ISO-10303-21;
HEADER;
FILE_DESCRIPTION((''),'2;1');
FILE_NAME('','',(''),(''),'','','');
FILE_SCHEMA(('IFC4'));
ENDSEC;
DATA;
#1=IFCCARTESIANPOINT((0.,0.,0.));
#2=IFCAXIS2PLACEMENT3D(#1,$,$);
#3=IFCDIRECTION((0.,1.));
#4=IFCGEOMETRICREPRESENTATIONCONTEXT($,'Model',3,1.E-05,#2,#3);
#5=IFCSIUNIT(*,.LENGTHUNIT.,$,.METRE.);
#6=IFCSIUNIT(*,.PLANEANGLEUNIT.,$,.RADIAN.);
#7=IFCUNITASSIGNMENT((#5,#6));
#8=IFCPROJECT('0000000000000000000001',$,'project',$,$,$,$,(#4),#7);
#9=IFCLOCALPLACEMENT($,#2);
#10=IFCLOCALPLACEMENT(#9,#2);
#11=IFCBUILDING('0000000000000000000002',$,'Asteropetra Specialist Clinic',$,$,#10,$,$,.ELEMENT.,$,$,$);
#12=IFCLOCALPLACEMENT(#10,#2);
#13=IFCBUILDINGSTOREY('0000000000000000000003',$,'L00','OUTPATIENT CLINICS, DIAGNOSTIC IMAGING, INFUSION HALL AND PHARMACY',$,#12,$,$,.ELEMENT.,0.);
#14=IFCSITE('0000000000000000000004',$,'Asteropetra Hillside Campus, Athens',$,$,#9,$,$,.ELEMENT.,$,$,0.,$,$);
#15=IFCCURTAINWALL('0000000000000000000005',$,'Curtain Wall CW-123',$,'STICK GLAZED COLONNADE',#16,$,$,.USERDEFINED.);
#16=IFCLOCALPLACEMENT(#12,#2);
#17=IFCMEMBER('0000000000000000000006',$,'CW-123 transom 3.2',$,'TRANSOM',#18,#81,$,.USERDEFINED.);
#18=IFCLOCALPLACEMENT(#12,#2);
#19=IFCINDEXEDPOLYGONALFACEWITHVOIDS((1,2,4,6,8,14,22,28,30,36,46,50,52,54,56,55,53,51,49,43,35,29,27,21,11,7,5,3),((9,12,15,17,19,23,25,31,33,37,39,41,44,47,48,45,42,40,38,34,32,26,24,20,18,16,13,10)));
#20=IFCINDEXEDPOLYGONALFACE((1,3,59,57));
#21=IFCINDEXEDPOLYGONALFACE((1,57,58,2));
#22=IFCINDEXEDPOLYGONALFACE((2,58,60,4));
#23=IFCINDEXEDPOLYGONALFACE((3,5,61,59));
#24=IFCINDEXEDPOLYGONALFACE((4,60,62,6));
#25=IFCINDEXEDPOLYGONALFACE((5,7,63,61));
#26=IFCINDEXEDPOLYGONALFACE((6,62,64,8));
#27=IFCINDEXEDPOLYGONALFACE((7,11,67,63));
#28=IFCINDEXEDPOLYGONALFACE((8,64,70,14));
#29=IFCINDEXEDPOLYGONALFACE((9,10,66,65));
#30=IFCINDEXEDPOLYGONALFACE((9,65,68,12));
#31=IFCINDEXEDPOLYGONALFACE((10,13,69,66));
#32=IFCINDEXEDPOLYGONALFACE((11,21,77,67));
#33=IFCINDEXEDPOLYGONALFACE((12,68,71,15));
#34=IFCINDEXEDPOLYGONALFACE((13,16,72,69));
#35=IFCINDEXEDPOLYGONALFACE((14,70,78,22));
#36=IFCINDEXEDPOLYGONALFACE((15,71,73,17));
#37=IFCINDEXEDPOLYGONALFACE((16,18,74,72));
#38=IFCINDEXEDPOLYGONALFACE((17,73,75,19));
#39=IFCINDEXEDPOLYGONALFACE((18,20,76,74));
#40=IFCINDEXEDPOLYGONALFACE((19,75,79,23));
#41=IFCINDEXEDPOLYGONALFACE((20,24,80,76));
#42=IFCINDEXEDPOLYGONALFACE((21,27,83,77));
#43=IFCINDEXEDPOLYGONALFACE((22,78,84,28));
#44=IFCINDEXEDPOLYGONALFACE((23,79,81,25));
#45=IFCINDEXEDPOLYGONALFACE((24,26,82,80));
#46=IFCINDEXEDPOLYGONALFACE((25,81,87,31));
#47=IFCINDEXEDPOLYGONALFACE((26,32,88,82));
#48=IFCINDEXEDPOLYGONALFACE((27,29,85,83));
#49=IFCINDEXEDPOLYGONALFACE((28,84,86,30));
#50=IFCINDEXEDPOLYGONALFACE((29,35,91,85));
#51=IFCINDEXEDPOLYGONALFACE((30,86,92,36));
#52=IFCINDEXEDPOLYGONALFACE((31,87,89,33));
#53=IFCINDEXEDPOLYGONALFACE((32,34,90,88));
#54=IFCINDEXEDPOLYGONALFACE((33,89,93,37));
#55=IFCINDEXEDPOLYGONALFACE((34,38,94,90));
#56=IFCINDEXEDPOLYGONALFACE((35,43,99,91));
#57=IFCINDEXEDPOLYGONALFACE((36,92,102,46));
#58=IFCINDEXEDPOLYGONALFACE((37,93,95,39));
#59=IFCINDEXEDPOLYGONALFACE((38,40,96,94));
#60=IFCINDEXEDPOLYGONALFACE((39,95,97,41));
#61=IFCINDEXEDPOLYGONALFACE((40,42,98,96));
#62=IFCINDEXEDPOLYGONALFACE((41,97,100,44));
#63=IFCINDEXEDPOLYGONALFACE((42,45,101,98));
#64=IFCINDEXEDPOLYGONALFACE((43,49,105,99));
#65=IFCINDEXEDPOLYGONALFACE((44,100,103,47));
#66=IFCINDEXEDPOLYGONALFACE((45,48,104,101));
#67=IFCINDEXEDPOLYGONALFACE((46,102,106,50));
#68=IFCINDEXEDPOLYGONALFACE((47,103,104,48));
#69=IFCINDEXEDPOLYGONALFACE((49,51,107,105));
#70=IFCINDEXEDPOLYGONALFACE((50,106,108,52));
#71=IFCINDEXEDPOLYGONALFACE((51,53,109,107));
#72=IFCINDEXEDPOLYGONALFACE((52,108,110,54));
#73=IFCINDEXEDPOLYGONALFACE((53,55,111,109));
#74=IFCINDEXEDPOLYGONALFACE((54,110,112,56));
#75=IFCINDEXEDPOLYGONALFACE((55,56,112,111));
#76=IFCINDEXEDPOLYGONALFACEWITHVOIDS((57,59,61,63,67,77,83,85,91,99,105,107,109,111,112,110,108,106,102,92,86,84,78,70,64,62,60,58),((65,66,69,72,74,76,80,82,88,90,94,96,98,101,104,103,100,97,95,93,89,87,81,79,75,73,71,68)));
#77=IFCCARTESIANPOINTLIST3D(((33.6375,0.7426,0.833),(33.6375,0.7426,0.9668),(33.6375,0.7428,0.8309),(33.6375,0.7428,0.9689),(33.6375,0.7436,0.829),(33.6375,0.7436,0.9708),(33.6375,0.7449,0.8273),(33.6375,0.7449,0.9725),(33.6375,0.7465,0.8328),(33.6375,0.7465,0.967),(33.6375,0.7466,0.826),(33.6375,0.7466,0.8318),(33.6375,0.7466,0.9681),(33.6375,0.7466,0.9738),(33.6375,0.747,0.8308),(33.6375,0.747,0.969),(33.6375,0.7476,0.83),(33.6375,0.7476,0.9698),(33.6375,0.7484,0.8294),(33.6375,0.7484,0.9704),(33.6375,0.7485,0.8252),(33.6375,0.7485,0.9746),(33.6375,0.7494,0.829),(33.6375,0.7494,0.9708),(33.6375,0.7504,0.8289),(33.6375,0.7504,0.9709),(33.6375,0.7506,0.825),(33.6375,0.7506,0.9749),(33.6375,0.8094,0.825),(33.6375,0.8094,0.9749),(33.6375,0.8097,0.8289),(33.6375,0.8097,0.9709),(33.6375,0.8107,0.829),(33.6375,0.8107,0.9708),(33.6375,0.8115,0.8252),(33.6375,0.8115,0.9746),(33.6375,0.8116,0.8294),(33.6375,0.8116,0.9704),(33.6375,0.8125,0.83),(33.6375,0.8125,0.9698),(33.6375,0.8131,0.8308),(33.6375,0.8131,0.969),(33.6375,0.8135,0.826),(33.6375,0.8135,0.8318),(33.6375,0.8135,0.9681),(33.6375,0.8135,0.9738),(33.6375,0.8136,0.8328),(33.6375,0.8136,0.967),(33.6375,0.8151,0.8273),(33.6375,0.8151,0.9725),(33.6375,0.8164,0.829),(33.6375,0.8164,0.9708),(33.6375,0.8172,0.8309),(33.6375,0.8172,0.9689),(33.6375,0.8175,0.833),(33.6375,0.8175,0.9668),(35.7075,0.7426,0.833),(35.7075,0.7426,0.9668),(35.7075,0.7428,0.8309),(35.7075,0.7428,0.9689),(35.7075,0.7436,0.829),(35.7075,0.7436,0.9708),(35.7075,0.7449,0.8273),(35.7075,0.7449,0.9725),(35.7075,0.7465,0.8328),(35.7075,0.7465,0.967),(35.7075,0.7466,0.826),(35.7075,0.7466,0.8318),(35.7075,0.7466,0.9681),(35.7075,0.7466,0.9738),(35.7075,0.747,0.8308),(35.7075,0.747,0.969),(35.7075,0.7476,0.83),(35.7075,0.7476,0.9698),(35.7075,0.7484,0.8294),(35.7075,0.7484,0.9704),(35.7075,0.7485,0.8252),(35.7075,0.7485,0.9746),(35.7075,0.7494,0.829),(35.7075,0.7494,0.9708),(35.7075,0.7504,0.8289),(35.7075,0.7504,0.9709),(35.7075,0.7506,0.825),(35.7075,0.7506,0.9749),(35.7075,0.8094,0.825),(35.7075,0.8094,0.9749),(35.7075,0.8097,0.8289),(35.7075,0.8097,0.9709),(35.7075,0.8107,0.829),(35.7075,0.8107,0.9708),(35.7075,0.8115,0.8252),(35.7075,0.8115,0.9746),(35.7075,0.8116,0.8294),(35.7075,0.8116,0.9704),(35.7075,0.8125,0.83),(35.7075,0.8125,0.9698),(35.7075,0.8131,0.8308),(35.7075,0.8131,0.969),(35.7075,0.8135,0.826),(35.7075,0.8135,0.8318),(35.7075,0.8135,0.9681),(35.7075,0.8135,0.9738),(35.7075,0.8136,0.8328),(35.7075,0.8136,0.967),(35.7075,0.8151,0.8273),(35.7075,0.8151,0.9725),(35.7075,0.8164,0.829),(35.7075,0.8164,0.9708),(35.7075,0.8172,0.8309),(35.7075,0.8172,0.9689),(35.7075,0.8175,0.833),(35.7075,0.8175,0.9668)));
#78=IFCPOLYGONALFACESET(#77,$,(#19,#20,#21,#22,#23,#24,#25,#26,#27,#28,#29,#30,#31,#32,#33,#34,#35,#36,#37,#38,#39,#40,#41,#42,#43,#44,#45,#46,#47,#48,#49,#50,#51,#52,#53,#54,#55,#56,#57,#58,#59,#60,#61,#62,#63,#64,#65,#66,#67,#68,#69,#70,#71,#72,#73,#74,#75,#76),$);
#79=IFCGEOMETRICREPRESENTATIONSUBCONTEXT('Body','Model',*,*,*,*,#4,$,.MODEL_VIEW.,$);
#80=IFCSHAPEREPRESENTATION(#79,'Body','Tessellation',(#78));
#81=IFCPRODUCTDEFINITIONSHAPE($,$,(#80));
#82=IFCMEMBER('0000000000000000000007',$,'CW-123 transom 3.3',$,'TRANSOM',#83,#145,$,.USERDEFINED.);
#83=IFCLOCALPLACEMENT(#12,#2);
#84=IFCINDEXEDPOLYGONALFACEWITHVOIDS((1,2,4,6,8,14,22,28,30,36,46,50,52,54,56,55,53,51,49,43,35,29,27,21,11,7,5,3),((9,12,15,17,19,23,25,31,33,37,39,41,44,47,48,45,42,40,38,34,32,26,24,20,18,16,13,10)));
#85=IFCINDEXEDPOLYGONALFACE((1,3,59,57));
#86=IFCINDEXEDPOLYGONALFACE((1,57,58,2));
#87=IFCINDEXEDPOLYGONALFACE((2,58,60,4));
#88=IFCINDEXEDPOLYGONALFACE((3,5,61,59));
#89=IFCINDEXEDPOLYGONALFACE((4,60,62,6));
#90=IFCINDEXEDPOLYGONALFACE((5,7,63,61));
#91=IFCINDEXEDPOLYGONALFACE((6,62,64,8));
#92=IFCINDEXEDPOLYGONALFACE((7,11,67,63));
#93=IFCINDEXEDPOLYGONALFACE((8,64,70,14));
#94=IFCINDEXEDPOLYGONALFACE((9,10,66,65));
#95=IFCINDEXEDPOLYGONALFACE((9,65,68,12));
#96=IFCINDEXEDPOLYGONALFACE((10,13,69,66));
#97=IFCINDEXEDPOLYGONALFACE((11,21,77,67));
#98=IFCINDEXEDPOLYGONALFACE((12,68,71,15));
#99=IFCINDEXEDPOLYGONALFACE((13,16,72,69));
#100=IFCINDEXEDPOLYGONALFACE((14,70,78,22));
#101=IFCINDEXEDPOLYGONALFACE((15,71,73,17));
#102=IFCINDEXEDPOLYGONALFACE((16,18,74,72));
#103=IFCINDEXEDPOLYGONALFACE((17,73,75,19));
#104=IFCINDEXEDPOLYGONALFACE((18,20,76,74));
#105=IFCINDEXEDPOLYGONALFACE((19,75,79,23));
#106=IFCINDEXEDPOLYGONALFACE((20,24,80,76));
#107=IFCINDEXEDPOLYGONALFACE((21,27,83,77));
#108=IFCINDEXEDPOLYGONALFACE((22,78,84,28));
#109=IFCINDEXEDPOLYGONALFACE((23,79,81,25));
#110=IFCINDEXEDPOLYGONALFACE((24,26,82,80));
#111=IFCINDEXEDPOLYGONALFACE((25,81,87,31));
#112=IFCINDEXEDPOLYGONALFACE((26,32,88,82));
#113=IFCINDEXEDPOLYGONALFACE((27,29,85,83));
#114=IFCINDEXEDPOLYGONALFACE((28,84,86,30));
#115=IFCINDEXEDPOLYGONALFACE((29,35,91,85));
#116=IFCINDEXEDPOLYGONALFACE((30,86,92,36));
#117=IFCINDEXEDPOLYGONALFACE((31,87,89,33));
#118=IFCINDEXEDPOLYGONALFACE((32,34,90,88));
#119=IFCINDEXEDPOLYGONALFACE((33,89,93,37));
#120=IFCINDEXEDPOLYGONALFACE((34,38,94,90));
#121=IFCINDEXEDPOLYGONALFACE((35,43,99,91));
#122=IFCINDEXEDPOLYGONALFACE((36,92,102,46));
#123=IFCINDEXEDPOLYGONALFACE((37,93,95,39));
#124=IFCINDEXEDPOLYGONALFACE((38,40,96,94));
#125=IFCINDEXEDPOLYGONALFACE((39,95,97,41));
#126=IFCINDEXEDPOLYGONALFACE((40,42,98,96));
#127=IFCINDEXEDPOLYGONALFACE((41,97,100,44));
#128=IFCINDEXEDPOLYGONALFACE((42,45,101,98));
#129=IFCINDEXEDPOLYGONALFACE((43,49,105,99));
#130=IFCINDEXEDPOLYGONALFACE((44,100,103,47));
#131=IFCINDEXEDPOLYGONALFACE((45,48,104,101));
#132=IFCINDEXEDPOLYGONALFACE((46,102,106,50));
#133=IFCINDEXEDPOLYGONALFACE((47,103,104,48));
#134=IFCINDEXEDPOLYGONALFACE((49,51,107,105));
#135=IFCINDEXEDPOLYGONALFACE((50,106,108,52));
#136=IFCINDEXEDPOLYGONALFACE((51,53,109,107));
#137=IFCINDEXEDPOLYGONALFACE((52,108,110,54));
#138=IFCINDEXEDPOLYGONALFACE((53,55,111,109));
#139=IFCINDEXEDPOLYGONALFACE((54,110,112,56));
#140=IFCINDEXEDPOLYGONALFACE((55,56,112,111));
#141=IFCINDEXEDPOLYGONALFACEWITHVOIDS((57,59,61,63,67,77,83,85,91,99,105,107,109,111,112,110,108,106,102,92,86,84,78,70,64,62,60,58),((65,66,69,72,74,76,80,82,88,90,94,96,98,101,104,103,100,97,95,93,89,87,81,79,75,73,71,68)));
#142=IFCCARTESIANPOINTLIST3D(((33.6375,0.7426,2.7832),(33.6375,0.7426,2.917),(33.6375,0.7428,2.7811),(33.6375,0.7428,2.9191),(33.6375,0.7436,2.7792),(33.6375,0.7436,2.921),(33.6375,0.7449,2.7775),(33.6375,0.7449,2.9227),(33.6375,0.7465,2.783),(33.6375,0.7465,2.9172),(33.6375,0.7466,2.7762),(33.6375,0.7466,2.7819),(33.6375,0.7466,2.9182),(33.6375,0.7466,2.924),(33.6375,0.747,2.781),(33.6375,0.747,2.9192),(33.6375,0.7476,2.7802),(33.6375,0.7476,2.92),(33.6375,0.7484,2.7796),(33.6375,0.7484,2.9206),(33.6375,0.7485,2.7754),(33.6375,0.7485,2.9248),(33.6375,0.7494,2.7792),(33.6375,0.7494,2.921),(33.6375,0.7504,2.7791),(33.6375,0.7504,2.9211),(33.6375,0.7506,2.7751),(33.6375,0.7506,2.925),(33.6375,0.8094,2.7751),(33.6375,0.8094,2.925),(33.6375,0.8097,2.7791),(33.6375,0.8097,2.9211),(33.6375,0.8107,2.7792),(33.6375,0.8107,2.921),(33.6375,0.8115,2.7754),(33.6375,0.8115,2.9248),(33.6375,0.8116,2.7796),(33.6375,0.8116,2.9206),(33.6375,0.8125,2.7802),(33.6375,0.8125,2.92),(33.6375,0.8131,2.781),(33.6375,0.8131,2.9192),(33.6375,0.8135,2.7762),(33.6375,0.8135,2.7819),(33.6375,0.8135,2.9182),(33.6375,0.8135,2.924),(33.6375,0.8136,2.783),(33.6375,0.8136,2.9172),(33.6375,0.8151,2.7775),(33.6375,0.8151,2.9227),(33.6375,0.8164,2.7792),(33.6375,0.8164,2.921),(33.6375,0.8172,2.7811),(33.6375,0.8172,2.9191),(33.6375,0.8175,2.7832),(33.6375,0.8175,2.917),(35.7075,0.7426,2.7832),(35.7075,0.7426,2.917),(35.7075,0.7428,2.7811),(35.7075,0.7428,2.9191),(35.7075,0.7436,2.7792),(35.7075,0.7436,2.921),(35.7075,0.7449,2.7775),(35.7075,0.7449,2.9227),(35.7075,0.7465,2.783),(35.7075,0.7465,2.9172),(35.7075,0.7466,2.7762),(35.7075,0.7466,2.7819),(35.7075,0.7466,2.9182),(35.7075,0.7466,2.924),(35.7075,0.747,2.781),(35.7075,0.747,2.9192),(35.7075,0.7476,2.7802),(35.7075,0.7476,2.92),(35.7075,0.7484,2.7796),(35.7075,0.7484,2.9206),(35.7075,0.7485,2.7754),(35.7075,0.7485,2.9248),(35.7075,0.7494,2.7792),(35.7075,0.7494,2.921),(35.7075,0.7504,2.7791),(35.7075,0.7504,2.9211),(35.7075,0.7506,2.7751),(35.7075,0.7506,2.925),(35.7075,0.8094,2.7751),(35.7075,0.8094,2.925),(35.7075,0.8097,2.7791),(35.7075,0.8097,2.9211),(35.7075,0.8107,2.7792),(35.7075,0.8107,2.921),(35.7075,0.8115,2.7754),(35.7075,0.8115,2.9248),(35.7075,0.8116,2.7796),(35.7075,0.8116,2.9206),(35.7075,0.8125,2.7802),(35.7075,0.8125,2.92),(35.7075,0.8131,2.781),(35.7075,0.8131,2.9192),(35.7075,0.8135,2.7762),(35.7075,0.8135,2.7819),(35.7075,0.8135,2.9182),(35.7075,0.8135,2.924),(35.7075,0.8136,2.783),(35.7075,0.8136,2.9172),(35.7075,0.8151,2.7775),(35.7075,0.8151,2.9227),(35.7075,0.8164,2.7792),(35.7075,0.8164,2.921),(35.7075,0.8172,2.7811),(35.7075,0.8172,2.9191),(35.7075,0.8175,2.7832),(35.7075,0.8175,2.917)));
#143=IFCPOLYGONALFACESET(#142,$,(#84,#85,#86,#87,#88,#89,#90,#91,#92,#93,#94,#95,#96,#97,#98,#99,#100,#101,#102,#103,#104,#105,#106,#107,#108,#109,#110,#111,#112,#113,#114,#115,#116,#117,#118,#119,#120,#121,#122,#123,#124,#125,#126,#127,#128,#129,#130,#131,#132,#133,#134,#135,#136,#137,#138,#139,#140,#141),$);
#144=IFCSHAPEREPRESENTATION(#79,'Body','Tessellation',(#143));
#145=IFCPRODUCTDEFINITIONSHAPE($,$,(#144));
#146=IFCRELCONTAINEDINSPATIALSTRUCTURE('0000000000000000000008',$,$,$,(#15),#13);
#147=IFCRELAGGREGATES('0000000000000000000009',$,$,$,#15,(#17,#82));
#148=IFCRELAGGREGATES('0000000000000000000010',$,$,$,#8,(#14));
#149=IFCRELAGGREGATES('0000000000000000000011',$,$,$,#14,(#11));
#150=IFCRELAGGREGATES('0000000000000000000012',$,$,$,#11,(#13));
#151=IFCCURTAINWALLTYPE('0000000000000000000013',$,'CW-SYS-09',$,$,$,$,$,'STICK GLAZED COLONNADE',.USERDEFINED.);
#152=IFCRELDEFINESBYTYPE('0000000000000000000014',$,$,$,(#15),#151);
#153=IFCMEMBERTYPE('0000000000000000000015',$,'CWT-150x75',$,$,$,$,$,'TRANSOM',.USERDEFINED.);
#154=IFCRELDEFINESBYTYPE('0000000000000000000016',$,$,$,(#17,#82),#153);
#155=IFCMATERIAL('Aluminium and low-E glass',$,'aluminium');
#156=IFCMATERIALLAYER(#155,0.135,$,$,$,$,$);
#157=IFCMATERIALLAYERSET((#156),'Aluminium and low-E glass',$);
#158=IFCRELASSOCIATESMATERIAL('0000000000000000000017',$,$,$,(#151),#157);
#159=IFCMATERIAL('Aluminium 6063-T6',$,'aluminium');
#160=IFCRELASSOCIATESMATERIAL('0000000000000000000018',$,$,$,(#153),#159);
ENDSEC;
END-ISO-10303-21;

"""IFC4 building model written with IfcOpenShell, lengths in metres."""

from ifc_helpers import new_model, si_unit, direction, frame, origin, origin_2d, place, context, subcontext, project, spatial, hollow_rectangle, extrude, material, layer, layer_set, material_profile, profile_set, type_object, element, aggregate, save


model = new_model("IFC4")

# Units and contexts
model_context = context("Model", 3, precision=1e-05, world=origin(), true_north=direction((0.0, 1.0)))
body_context = subcontext(model_context, "Body", "Model", "MODEL_VIEW")
ifc_project = project(units=[si_unit("LENGTHUNIT", "METRE"), si_unit("PLANEANGLEUNIT", "RADIAN")], contexts=[model_context])

# Site, building, storey
site_placement = place(None, origin())
site = spatial("IfcSite", under=ifc_project, at=site_placement, Name="Asteropetra Hillside Campus, Athens", CompositionType="ELEMENT", RefElevation=0.0)
building_placement = place(site_placement, origin())
building = spatial("IfcBuilding", under=site, at=building_placement, Name="Asteropetra Specialist Clinic", CompositionType="ELEMENT")
storey_placement = place(building_placement, origin())
storey = spatial("IfcBuildingStorey", under=building, at=storey_placement, Name="L00", Description="OUTPATIENT CLINICS, DIAGNOSTIC IMAGING, INFUSION HALL AND PHARMACY", CompositionType="ELEMENT", Elevation=0.0)

# Curtain wall
ifc_material_1 = material(Name="Aluminium and low-E glass", Category="aluminium")
ifc_layer_1 = layer(ifc_material_1, 0.135)
ifc_layer_set_1 = layer_set([ifc_layer_1], Name="Aluminium and low-E glass")
curtain_wall_type_1 = type_object("IfcCurtainWallType", Name="CW-SYS-09", ElementType="STICK GLAZED COLONNADE", PredefinedType="USERDEFINED", material=ifc_layer_set_1)
curtain_wall_1_placement = place(storey_placement, origin())
curtain_wall_1 = element("IfcCurtainWall", 1, at=curtain_wall_1_placement, inside=storey, type_object=curtain_wall_type_1, Name="Curtain Wall CW-123", ObjectType="STICK GLAZED COLONNADE", PredefinedType="USERDEFINED")

# Members
ifc_material_2 = material(Name="Aluminium 6063-T6", Category="aluminium")
ifc_material_profile_1 = material_profile(ifc_material_2, hollow_rectangle(XDim=0.075, YDim=0.1499, WallThickness=0.0039, InnerFilletRadius=0.0039, OuterFilletRadius=0.0081, at=origin_2d()), Name="TRN 150x75x4.0")
ifc_profile_set_1 = profile_set([ifc_material_profile_1], Name="Aluminium 6063-T6")
member_type_1 = type_object("IfcMemberType", Name="CWT-150x75", ElementType="TRANSOM", PredefinedType="USERDEFINED", material=ifc_profile_set_1)
member_1_placement = place(storey_placement, frame((33.6375, 0.78, 0.8999), z_axis=(1.0, 0.0, 0.0), x_axis=(0.0, 1.0, 0.0)))
member_1 = element("IfcMember", 2, at=member_1_placement, type_object=member_type_1, Name="CW-123 transom 3.2", ObjectType="TRANSOM", PredefinedType="USERDEFINED", context=body_context, shape_type="SweptSolid", body=[
    extrude(hollow_rectangle(XDim=0.075, YDim=0.1499, WallThickness=0.0039, InnerFilletRadius=0.0039, OuterFilletRadius=0.0081, at=origin_2d()), origin(), (0.0, 0.0, 1.0), 2.0701),
])
member_2_placement = place(storey_placement, frame((33.6375, 0.78, 2.8501), z_axis=(1.0, 0.0, 0.0), x_axis=(0.0, 1.0, 0.0)))
member_2 = element("IfcMember", 3, at=member_2_placement, type_object=member_type_1, Name="CW-123 transom 3.3", ObjectType="TRANSOM", PredefinedType="USERDEFINED", context=body_context, shape_type="SweptSolid", body=[
    extrude(hollow_rectangle(XDim=0.075, YDim=0.1499, WallThickness=0.0039, InnerFilletRadius=0.0039, OuterFilletRadius=0.0081, at=origin_2d()), origin(), (0.0, 0.0, 1.0), 2.0701),
])

aggregate(curtain_wall_1, [member_1, member_2])

save(model, "model.ifc")
